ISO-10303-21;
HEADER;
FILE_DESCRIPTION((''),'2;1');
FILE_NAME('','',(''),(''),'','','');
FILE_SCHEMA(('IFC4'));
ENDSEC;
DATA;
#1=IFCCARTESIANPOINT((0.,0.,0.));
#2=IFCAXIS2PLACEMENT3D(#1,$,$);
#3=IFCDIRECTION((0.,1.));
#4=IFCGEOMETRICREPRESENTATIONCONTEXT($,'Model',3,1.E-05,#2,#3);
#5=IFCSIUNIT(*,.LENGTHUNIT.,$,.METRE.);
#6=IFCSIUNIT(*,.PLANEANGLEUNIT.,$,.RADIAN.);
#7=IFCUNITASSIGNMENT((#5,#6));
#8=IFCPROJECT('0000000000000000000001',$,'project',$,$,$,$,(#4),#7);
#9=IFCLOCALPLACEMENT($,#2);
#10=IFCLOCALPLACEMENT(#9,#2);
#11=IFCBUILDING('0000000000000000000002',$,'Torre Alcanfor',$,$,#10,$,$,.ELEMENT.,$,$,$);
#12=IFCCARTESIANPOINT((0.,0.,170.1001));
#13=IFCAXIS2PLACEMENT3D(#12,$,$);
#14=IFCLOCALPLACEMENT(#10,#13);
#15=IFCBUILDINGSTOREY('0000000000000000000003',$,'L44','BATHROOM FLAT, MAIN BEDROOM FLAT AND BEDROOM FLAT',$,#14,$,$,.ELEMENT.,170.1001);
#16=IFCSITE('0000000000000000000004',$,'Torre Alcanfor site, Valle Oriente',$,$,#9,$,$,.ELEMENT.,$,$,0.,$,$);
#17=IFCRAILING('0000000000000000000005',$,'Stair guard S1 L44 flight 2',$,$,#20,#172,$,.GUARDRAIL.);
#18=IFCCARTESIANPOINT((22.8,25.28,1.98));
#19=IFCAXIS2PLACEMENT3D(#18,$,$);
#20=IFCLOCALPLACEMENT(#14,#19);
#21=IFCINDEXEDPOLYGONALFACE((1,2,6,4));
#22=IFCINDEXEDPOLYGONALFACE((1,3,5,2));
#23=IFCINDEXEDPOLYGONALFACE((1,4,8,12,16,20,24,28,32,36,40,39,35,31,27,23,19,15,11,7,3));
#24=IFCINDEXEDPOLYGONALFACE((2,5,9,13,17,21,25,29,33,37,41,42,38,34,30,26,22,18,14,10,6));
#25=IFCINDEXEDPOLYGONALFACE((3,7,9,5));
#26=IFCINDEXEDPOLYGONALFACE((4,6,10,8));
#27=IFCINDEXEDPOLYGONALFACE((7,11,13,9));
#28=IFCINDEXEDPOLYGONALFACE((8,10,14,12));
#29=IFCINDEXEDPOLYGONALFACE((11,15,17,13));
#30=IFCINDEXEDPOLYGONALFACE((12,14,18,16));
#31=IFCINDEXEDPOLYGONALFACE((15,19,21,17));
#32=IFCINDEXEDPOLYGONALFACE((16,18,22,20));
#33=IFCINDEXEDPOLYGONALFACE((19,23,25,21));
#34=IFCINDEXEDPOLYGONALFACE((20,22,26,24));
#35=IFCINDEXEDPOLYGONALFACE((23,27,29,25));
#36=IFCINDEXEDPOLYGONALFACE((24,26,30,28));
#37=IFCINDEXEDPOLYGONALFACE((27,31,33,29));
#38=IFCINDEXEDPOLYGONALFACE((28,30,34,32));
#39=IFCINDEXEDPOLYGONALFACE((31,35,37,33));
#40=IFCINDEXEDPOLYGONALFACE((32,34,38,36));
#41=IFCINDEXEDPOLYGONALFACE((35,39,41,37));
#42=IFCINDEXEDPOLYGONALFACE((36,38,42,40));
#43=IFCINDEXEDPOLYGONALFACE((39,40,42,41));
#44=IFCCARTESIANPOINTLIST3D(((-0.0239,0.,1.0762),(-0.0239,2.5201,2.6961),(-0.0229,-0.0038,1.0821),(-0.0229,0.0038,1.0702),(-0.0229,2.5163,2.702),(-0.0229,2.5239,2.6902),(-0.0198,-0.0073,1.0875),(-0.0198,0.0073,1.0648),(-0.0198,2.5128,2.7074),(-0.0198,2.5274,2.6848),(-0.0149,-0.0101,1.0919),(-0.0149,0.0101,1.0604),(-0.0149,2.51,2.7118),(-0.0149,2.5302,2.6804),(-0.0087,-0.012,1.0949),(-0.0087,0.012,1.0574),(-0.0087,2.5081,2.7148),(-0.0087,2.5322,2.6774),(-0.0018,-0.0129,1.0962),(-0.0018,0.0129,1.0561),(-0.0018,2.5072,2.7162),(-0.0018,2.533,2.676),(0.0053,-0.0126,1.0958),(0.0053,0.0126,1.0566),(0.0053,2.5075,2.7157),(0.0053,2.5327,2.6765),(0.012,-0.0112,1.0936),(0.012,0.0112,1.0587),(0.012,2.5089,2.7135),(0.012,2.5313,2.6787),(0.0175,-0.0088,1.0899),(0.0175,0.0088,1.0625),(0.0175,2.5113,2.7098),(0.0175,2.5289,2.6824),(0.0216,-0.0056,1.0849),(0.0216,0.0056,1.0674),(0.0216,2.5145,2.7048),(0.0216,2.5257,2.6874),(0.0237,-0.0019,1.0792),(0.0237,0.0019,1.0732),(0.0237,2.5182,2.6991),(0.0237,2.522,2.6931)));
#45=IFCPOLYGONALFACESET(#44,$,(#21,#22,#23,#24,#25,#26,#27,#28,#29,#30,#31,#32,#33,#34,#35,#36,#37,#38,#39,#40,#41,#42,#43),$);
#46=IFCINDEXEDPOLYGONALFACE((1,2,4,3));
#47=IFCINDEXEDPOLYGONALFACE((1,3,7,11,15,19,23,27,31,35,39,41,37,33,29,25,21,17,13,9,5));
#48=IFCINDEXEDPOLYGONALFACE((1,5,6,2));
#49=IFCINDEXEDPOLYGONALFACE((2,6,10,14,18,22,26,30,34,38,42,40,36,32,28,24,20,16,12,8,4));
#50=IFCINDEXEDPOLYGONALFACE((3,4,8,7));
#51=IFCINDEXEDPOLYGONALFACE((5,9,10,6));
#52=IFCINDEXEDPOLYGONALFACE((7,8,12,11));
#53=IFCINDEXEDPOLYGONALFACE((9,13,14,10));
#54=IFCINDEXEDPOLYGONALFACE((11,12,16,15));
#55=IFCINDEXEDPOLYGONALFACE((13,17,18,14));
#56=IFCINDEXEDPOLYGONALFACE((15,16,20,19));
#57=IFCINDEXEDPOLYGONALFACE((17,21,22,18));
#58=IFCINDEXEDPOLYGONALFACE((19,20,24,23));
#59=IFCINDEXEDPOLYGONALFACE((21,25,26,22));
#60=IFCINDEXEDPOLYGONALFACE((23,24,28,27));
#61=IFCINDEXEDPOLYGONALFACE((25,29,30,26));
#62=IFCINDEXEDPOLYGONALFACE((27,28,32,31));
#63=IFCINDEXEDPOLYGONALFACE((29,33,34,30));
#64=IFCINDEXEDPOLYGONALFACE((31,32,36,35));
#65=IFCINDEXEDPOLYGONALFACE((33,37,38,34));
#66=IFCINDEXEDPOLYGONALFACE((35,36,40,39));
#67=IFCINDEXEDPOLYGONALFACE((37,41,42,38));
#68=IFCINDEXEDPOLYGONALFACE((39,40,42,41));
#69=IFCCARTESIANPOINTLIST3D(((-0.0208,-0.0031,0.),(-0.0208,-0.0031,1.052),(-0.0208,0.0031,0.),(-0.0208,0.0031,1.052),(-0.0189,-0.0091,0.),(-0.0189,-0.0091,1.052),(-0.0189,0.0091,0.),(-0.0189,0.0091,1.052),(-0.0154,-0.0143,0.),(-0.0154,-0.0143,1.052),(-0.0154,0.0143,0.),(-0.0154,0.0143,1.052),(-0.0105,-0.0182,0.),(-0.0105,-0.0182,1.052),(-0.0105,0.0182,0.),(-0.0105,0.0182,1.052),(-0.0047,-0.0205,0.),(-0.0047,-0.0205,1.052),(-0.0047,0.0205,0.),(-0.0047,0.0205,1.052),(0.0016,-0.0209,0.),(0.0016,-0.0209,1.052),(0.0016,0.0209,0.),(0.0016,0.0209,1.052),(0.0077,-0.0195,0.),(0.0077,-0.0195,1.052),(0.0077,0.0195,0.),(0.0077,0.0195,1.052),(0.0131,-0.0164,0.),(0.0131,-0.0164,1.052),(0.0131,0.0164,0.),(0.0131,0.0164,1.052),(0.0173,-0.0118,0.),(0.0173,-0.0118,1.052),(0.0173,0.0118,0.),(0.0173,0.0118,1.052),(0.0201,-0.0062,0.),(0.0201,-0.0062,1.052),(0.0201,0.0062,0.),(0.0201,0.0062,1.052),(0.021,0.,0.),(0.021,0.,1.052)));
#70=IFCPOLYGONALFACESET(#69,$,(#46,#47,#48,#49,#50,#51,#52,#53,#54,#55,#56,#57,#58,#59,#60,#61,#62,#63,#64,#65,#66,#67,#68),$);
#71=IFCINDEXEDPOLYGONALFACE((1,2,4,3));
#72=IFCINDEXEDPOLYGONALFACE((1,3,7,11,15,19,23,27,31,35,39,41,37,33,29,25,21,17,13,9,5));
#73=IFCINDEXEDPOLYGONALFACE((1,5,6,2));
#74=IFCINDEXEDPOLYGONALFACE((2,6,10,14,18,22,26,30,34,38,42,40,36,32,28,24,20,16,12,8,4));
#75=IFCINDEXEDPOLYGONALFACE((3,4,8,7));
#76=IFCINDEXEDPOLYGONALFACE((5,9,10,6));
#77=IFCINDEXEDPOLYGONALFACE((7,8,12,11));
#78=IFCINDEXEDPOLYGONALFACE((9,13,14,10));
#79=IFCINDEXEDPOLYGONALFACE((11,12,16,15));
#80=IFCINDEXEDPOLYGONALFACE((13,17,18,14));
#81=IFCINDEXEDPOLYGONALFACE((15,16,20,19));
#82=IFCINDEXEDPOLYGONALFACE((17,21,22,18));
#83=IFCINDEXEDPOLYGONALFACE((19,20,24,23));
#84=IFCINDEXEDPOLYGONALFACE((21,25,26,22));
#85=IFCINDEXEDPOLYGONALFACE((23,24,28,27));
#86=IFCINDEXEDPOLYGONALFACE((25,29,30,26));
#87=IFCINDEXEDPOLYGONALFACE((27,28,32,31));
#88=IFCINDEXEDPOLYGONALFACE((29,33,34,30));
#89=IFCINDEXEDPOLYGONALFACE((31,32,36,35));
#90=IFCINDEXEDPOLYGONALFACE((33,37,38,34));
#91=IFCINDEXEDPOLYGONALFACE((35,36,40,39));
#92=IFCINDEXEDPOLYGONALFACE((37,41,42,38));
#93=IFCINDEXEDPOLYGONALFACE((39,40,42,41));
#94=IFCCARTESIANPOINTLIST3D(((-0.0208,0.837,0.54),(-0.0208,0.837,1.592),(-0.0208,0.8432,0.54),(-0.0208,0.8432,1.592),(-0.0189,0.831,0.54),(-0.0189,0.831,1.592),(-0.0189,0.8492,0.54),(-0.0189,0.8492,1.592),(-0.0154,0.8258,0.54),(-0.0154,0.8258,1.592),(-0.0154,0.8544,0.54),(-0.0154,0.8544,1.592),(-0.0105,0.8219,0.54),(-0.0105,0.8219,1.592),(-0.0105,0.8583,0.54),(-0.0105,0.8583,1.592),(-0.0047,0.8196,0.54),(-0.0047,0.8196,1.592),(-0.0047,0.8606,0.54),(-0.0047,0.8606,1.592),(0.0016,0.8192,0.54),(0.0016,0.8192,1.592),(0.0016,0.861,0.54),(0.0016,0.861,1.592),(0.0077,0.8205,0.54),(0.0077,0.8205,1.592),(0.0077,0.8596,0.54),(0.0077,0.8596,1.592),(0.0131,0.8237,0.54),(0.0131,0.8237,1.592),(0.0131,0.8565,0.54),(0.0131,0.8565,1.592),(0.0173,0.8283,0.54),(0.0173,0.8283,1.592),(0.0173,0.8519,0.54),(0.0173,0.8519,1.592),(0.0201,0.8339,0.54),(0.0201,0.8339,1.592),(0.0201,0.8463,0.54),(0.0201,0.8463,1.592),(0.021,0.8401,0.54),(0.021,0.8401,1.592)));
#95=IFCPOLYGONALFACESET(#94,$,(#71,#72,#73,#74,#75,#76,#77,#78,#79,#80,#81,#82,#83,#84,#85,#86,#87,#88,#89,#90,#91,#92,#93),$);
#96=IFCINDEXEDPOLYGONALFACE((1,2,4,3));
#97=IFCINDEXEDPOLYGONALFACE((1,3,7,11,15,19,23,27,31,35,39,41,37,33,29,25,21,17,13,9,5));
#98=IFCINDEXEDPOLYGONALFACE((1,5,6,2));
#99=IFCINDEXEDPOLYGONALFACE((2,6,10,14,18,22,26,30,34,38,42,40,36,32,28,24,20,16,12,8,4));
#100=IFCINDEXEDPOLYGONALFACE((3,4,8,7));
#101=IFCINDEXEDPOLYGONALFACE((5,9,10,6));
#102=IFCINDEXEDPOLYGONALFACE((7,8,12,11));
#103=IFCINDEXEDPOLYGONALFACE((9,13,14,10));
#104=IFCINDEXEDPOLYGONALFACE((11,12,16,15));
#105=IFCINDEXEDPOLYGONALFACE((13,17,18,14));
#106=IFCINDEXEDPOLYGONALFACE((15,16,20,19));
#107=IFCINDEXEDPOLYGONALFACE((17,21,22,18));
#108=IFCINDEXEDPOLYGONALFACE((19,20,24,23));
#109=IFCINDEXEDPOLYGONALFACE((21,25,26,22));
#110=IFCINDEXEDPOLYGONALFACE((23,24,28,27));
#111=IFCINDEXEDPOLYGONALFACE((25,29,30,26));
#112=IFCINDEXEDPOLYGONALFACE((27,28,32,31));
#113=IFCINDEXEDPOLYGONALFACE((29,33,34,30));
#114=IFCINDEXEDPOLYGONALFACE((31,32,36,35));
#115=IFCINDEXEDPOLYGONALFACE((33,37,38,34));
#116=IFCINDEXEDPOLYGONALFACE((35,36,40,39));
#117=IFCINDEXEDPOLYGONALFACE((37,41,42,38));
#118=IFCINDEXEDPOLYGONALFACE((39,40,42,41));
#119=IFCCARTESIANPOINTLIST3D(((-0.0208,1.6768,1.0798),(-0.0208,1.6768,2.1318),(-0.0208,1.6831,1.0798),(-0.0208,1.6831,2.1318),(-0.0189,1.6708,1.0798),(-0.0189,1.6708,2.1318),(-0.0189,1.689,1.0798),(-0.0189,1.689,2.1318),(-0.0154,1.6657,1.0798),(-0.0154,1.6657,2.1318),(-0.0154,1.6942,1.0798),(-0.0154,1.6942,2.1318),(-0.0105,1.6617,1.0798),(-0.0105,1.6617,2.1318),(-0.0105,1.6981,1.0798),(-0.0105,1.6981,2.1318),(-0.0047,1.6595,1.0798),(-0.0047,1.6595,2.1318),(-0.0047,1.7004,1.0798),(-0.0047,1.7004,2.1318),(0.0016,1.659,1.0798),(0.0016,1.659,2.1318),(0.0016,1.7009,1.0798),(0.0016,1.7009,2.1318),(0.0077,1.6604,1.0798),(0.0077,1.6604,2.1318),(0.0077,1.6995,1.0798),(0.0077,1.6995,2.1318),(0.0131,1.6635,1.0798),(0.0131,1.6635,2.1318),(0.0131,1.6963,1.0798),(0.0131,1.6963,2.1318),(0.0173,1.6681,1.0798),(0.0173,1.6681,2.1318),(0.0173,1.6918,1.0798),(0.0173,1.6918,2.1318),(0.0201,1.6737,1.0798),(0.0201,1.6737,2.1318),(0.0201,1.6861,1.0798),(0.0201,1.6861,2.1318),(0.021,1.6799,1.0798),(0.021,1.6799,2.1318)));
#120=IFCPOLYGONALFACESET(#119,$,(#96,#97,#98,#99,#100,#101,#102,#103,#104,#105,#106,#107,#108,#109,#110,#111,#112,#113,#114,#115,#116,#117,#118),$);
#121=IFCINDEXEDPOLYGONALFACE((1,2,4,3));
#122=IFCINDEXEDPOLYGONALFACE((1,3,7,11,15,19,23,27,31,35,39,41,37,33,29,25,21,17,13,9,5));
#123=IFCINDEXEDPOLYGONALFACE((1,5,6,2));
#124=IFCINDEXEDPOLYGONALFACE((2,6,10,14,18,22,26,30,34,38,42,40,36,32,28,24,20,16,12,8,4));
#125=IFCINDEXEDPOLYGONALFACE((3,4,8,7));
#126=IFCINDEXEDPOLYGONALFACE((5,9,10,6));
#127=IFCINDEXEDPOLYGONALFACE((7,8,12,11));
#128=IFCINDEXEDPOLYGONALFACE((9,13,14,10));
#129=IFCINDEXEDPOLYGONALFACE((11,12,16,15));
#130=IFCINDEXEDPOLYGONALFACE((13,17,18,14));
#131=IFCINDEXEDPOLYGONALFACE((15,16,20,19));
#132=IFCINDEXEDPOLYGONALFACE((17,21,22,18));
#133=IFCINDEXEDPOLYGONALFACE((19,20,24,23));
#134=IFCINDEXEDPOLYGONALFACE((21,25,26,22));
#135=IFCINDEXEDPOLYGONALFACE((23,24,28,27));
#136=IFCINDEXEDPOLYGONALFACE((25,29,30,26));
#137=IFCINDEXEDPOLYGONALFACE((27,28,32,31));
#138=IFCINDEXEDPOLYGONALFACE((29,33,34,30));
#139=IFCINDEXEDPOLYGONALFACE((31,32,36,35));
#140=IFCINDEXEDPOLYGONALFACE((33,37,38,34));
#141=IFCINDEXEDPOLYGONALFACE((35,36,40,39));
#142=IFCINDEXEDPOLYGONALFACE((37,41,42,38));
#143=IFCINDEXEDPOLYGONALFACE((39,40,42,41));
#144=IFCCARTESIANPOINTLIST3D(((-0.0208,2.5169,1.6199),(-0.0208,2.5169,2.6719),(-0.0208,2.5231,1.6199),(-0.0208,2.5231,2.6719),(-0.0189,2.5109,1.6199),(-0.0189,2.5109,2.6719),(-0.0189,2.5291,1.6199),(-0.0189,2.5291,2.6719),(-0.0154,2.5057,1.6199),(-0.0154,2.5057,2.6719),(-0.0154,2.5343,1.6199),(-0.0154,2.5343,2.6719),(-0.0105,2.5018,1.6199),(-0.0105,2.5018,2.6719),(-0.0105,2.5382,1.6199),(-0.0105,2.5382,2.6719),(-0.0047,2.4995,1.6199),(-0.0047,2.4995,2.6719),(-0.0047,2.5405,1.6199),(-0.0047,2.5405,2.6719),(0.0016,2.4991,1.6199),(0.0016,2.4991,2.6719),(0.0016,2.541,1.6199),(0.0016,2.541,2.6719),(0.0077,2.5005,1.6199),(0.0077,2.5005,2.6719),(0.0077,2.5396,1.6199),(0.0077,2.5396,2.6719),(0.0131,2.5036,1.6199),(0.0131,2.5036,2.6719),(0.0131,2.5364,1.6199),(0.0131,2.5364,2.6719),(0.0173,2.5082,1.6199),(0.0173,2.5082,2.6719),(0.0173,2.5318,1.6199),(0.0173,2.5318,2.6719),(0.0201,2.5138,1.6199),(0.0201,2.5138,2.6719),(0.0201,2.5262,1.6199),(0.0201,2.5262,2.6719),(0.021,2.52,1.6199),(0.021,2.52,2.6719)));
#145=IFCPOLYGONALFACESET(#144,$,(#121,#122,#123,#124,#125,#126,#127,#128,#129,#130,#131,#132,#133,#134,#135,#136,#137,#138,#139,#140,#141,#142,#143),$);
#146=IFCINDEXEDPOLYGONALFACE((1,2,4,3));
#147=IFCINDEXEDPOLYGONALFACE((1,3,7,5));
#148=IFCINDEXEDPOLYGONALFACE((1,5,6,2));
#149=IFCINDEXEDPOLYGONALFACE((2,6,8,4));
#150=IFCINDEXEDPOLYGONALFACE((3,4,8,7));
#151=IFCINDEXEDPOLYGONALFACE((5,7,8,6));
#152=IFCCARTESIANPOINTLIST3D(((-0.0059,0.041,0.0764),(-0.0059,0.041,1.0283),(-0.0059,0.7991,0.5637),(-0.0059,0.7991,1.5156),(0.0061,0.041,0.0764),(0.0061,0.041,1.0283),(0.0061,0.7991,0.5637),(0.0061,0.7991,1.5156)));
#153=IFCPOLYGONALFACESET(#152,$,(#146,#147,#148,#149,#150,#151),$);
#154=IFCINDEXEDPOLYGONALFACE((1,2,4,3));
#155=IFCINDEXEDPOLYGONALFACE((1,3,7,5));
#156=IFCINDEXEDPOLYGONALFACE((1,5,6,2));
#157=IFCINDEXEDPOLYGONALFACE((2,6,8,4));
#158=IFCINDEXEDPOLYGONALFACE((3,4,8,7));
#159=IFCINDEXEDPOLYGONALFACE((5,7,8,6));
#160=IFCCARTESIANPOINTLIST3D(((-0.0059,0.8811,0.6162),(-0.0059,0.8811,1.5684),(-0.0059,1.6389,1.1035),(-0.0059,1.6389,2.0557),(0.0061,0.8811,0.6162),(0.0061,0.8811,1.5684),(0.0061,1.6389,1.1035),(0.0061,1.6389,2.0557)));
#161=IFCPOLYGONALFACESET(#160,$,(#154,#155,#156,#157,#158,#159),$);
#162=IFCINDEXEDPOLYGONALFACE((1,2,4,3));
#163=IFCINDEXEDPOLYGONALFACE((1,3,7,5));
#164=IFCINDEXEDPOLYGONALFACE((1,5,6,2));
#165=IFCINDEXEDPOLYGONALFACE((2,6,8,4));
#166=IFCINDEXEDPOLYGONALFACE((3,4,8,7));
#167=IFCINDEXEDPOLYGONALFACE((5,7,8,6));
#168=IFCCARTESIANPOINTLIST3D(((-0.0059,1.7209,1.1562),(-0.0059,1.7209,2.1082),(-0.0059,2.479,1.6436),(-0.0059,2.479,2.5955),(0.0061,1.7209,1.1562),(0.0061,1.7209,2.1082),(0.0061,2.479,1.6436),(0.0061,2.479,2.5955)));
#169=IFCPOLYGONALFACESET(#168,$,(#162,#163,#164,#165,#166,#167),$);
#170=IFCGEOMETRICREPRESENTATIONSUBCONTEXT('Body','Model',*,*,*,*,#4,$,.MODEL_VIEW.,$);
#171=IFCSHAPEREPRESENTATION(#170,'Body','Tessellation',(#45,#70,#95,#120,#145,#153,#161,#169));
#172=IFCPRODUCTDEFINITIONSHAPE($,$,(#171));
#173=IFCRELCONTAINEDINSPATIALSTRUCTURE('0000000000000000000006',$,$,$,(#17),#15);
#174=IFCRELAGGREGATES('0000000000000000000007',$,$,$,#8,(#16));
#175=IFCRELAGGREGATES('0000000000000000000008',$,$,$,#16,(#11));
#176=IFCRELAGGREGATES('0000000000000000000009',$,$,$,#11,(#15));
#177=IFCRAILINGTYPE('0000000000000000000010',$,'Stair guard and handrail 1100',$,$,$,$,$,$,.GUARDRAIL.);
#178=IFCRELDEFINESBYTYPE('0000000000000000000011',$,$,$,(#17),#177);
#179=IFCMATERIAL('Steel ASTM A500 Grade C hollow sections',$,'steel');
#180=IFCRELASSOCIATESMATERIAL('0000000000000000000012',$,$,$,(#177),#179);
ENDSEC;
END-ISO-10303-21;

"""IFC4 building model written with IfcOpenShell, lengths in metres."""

from ifc_helpers import new_model, si_unit, direction, frame, origin, origin_2d, place, context, subcontext, project, spatial, polyline, circle, outline, extrude, material, type_object, element, save


model = new_model("IFC4")

# Units and contexts
model_context = context("Model", 3, precision=1e-05, world=origin(), true_north=direction((0.0, 1.0)))
body_context = subcontext(model_context, "Body", "Model", "MODEL_VIEW")
ifc_project = project(units=[si_unit("LENGTHUNIT", "METRE"), si_unit("PLANEANGLEUNIT", "RADIAN")], contexts=[model_context])

# Site, building, storey
site_placement = place(None, origin())
site = spatial("IfcSite", under=ifc_project, at=site_placement, Name="Torre Alcanfor site, Valle Oriente", CompositionType="ELEMENT", RefElevation=0.0)
building_placement = place(site_placement, origin())
building = spatial("IfcBuilding", under=site, at=building_placement, Name="Torre Alcanfor", CompositionType="ELEMENT")
storey_placement = place(building_placement, frame((0.0, 0.0, 170.1001)))
storey = spatial("IfcBuildingStorey", under=building, at=storey_placement, Name="L44", Description="BATHROOM FLAT, MAIN BEDROOM FLAT AND BEDROOM FLAT", CompositionType="ELEMENT", Elevation=170.1001)

# Railing
ifc_material_1 = material(Name="Steel ASTM A500 Grade C hollow sections", Category="steel")
railing_type_1 = type_object("IfcRailingType", Name="Stair guard and handrail 1100", PredefinedType="GUARDRAIL", material=ifc_material_1)
railing_1_placement = place(storey_placement, frame((22.8, 25.28, 1.98)))
element("IfcRailing", 1, at=railing_1_placement, inside=storey, type_object=railing_type_1, Name="Stair guard S1 L44 flight 2", PredefinedType="GUARDRAIL", context=body_context, shape_type="SweptSolid", body=[
    extrude(circle(Radius=0.0239, at=origin_2d()), frame((0.0, 0.0, 1.0762), z_axis=(0.0, 0.8412, 0.540725), x_axis=(-1.0, 0.0, 0.0)), (0.0, 0.0, 1.0), 2.9958),
    extrude(circle(Radius=0.021, at=origin_2d()), origin(), (0.0, 0.0, 1.0), 1.052),
    extrude(circle(Radius=0.021, at=origin_2d()), frame((0.0, 0.8401, 0.54)), (0.0, 0.0, 1.0), 1.052),
    extrude(circle(Radius=0.021, at=origin_2d()), frame((0.0, 1.6799, 1.0798)), (0.0, 0.0, 1.0), 1.052),
    extrude(circle(Radius=0.021, at=origin_2d()), frame((0.0, 2.52, 1.6199)), (0.0, 0.0, 1.0), 1.052),
    extrude(outline(polyline([(0.041, 0.0764), (0.7991, 0.5637), (0.7991, 1.5156), (0.041, 1.0283), (0.041, 0.0764)])), frame((-0.0059, 0.0, 0.0), z_axis=(1.0, 0.0, 0.0), x_axis=(0.0, 1.0, 0.0)), (0.0, 0.0, 1.0), 0.012),
    extrude(outline(polyline([(0.8811, 0.6162), (1.6389, 1.1035), (1.6389, 2.0557), (0.8811, 1.5684), (0.8811, 0.6162)])), frame((-0.0059, 0.0, 0.0), z_axis=(1.0, 0.0, 0.0), x_axis=(0.0, 1.0, 0.0)), (0.0, 0.0, 1.0), 0.012),
    extrude(outline(polyline([(1.7209, 1.1562), (2.479, 1.6436), (2.479, 2.5955), (1.7209, 2.1082), (1.7209, 1.1562)])), frame((-0.0059, 0.0, 0.0), z_axis=(1.0, 0.0, 0.0), x_axis=(0.0, 1.0, 0.0)), (0.0, 0.0, 1.0), 0.012),
])

save(model, "model.ifc")
